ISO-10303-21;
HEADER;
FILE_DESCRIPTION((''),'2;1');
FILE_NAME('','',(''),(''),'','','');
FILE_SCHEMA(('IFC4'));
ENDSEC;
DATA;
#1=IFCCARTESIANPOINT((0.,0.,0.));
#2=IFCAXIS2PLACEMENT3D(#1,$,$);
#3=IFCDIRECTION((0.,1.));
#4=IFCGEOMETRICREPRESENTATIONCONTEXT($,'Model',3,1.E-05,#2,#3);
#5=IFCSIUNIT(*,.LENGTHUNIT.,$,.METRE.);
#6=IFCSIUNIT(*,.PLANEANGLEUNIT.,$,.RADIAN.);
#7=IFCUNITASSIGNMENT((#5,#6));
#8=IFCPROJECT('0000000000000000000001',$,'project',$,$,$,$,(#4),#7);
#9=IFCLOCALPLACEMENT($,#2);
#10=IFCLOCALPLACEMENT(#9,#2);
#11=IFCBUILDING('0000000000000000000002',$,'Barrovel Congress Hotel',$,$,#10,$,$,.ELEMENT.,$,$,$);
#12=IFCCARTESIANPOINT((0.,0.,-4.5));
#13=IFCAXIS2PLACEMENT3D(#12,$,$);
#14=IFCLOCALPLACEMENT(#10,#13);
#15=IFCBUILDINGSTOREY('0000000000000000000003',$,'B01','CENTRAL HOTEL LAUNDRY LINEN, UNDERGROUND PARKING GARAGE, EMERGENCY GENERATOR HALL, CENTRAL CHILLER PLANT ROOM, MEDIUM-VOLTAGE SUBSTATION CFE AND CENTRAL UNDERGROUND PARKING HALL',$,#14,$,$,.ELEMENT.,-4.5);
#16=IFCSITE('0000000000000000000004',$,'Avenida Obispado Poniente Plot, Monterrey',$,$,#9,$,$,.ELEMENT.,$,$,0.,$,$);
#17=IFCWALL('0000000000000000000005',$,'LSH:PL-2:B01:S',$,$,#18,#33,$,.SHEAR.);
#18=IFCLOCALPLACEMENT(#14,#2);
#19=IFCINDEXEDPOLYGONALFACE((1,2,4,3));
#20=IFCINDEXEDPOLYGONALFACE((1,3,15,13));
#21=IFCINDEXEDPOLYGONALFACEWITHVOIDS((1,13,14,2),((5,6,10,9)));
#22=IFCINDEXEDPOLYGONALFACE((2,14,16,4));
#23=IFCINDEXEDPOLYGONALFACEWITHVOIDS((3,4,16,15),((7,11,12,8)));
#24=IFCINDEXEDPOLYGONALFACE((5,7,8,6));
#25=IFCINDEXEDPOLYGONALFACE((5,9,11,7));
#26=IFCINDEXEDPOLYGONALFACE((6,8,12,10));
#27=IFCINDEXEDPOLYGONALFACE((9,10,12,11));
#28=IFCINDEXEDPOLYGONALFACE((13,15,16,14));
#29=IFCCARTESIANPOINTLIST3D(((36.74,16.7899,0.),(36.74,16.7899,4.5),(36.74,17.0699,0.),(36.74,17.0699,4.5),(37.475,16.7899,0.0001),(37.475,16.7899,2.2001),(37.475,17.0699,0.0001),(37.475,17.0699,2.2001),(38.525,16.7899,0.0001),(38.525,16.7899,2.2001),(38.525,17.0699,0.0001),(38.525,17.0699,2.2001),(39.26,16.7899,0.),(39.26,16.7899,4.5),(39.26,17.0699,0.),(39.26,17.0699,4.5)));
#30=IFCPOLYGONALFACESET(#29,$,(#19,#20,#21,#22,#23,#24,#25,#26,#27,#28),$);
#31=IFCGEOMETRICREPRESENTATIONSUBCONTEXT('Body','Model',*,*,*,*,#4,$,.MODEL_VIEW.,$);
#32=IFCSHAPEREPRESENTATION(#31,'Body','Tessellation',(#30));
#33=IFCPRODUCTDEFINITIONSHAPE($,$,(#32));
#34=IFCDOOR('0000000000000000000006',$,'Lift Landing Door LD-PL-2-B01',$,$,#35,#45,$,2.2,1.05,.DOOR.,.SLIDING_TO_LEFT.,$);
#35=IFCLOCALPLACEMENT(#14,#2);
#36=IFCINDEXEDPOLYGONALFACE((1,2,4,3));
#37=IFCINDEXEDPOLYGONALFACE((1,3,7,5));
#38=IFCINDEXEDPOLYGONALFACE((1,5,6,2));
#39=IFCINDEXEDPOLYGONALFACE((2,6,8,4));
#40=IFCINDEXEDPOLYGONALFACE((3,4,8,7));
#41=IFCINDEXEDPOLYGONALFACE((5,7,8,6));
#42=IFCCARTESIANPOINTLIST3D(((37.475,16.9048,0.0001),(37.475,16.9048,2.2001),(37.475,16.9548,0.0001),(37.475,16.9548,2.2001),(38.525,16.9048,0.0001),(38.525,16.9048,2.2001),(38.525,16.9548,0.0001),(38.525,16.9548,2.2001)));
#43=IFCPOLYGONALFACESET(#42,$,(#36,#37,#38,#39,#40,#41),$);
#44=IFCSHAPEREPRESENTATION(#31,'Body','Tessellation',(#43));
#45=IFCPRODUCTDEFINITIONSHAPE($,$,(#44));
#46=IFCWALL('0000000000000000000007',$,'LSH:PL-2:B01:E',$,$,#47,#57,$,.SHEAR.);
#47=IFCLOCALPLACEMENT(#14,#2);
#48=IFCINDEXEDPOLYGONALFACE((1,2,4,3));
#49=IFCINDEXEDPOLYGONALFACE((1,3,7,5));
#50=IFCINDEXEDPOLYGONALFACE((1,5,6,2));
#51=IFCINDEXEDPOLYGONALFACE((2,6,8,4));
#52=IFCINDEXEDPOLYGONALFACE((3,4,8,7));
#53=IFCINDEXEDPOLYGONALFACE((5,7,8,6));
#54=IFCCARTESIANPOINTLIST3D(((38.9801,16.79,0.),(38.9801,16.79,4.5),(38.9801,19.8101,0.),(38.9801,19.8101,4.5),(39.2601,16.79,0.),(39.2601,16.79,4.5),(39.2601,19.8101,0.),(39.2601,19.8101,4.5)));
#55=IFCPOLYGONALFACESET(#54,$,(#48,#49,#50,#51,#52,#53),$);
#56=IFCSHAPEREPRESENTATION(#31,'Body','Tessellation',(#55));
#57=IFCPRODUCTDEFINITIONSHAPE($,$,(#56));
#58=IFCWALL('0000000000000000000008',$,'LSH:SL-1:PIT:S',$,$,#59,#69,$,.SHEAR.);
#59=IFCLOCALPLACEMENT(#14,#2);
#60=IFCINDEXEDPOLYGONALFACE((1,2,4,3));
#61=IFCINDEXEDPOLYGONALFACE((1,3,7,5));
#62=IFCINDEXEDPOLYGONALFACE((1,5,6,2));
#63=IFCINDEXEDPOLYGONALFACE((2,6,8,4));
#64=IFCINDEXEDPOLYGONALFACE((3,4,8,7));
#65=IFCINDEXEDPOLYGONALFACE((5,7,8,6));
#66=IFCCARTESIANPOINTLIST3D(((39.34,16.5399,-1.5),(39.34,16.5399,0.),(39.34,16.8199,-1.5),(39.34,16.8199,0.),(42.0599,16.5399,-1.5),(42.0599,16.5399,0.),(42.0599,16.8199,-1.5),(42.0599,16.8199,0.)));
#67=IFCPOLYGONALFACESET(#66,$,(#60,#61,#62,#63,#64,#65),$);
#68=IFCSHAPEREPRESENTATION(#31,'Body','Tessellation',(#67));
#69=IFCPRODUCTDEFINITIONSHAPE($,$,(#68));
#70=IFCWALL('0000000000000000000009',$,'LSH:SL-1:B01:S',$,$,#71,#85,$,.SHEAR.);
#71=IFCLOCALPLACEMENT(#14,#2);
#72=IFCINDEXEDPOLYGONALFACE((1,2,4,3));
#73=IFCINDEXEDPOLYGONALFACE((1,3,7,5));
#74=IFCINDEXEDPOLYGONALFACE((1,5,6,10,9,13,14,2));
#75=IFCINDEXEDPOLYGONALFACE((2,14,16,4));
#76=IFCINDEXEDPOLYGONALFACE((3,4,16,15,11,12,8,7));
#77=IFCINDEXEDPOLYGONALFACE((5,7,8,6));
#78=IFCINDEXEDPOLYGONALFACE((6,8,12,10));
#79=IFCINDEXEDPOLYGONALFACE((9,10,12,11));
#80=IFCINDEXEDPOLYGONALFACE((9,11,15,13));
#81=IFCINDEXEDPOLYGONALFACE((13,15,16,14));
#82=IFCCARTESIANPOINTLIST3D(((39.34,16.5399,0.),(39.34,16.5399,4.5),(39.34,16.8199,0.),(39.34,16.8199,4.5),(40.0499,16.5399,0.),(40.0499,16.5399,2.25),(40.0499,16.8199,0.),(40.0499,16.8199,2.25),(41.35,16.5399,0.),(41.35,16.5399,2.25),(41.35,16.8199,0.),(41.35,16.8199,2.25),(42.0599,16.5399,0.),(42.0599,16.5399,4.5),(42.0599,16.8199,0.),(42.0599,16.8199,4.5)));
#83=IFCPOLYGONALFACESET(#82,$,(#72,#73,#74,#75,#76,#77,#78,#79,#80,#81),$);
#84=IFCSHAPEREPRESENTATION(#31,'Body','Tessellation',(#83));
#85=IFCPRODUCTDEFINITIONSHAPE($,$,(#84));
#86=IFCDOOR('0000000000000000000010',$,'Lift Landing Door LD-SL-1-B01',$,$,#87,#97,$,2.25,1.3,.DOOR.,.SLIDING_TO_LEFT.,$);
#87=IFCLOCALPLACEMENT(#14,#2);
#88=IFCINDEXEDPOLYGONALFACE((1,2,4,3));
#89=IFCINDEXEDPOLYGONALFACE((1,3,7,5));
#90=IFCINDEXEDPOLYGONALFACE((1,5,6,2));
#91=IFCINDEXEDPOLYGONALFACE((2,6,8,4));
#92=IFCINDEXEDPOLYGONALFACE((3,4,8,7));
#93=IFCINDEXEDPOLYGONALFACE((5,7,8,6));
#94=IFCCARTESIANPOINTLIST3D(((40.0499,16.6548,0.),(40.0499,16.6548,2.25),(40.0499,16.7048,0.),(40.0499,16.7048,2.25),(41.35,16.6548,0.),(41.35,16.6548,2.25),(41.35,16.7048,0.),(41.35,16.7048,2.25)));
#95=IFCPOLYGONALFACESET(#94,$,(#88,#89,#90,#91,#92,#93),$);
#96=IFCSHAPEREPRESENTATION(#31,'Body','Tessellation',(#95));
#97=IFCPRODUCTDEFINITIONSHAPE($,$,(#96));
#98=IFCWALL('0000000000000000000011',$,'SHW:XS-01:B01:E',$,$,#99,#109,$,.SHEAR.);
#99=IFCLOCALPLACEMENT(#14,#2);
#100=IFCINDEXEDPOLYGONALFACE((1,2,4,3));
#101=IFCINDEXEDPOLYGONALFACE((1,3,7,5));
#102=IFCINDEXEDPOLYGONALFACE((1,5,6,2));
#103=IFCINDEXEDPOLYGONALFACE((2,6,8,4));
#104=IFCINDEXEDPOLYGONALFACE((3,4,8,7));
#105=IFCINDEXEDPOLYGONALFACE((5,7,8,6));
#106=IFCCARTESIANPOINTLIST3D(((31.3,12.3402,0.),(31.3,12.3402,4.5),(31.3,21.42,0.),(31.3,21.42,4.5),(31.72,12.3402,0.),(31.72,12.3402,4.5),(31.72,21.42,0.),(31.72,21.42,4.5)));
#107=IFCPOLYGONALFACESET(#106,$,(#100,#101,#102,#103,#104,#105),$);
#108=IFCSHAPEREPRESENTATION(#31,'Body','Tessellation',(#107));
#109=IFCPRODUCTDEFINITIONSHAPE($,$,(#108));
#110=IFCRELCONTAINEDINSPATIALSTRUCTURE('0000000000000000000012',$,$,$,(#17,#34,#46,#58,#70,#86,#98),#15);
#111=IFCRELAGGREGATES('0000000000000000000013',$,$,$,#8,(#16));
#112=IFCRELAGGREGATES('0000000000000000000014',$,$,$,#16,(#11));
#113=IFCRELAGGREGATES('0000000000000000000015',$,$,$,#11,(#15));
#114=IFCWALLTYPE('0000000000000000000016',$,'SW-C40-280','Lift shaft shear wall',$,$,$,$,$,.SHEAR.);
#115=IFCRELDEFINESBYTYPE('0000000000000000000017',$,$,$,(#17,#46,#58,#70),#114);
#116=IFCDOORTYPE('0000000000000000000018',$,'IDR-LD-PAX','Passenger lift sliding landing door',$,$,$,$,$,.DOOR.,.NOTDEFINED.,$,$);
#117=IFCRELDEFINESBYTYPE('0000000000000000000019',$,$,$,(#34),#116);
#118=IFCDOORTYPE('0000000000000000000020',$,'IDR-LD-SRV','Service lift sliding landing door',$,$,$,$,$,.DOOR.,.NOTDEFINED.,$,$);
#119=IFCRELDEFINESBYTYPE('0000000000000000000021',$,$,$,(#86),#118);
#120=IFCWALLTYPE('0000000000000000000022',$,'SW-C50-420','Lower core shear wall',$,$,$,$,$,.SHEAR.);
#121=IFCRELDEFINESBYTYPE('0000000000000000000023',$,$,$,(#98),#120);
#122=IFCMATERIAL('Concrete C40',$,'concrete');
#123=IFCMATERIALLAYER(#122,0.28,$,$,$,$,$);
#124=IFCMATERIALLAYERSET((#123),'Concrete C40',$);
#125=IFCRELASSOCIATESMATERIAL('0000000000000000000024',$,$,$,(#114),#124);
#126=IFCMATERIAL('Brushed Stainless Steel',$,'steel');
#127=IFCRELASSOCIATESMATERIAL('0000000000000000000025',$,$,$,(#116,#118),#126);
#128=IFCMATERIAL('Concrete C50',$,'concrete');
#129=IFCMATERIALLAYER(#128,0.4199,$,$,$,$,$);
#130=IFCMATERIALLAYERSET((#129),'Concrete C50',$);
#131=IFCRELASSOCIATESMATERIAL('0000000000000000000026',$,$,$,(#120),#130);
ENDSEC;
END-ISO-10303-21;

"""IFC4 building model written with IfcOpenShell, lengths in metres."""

from ifc_helpers import new_model, si_unit, direction, frame, frame_2d, origin, place, context, subcontext, project, spatial, rectangle, extrude, material, layer, layer_set, type_object, element, fill, save


model = new_model("IFC4")

# Units and contexts
model_context = context("Model", 3, precision=1e-05, world=origin(), true_north=direction((0.0, 1.0)))
body_context = subcontext(model_context, "Body", "Model", "MODEL_VIEW")
ifc_project = project(units=[si_unit("LENGTHUNIT", "METRE"), si_unit("PLANEANGLEUNIT", "RADIAN")], contexts=[model_context])

# Site, building, storey
site_placement = place(None, origin())
site = spatial("IfcSite", under=ifc_project, at=site_placement, Name="Avenida Obispado Poniente Plot, Monterrey", CompositionType="ELEMENT", RefElevation=0.0)
building_placement = place(site_placement, origin())
building = spatial("IfcBuilding", under=site, at=building_placement, Name="Barrovel Congress Hotel", CompositionType="ELEMENT")
storey_placement = place(building_placement, frame((0.0, 0.0, -4.5)))
storey = spatial("IfcBuildingStorey", under=building, at=storey_placement, Name="B01", Description="CENTRAL HOTEL LAUNDRY LINEN, UNDERGROUND PARKING GARAGE, EMERGENCY GENERATOR HALL, CENTRAL CHILLER PLANT ROOM, MEDIUM-VOLTAGE SUBSTATION CFE AND CENTRAL UNDERGROUND PARKING HALL", CompositionType="ELEMENT", Elevation=-4.5)

# Shared definitions
ifc_material_1 = material(Name="Concrete C40", Category="concrete")

# Shared definitions
ifc_material_2 = material(Name="Concrete C50", Category="concrete")

# Shared definitions
ifc_layer_1 = layer(ifc_material_1, 0.28)
ifc_layer_set_1 = layer_set([ifc_layer_1], Name="Concrete C40")
wall_type_1 = type_object("IfcWallType", Name="SW-C40-280", Description="Lift shaft shear wall", PredefinedType="SHEAR", material=ifc_layer_set_1)

# Shared definitions
ifc_material_3 = material(Name="Brushed Stainless Steel", Category="steel")
door_type_1 = type_object("IfcDoorType", Name="IDR-LD-PAX", Description="Passenger lift sliding landing door", OperationType="NOTDEFINED", PredefinedType="DOOR", material=ifc_material_3)

# Wall, opening, door
wall_1_placement = place(storey_placement, frame((36.74, 16.9299, 0.0), z_axis=(0.0, 0.0, 1.0), x_axis=(1.0, 0.0, 0.0)))
wall_1 = element("IfcWall", 1, at=wall_1_placement, inside=storey, type_object=wall_type_1, Name="LSH:PL-2:B01:S", PredefinedType="SHEAR", context=body_context, shape_type="SweptSolid", body=[
    extrude(rectangle(XDim=2.52, YDim=0.28, at=frame_2d((1.26, 0.0))), origin(), (0.0, 0.0, 1.0), 4.5),
])
opening_1_placement = place(wall_1_placement, frame((0.7351, 0.0, 0.0)))
opening_1 = element("IfcOpeningElement", 2, at=opening_1_placement, cuts=wall_1, PredefinedType="OPENING", context=body_context, shape_type="SweptSolid", body=[
    extrude(rectangle(XDim=1.05, YDim=2.2, at=frame_2d((0.5249, 1.1001))), frame((0.0, 0.1499, 0.0), z_axis=(0.0, -1.0, 0.0), x_axis=(1.0, 0.0, 0.0)), (0.0, 0.0, 1.0), 0.3),
])
door_1_placement = place(opening_1_placement, origin())
door_1 = element("IfcDoor", 3, at=door_1_placement, inside=storey, type_object=door_type_1, Name="Lift Landing Door LD-PL-2-B01", OperationType="SLIDING_TO_LEFT", OverallHeight=2.2, OverallWidth=1.05, PredefinedType="DOOR", context=body_context, shape_type="SweptSolid", body=[
    extrude(rectangle(XDim=1.05, YDim=2.2, at=frame_2d((0.5249, 1.1001))), frame((0.0, 0.0249, 0.0), z_axis=(0.0, -1.0, 0.0), x_axis=(1.0, 0.0, 0.0)), (0.0, 0.0, 1.0), 0.05),
])
fill(opening_1, door_1)

# Walls
wall_2_placement = place(storey_placement, frame((39.1201, 16.79, 0.0), z_axis=(0.0, 0.0, 1.0), x_axis=(0.0, 1.0, 0.0)))
element("IfcWall", 4, at=wall_2_placement, inside=storey, type_object=wall_type_1, Name="LSH:PL-2:B01:E", PredefinedType="SHEAR", context=body_context, shape_type="SweptSolid", body=[
    extrude(rectangle(XDim=3.02, YDim=0.28, at=frame_2d((1.51, 0.0))), origin(), (0.0, 0.0, 1.0), 4.5),
])
wall_3_placement = place(storey_placement, frame((39.3401, 16.6799, -1.5), z_axis=(0.0, 0.0, 1.0), x_axis=(1.0, 0.0, 0.0)))
element("IfcWall", 5, at=wall_3_placement, inside=storey, type_object=wall_type_1, Name="LSH:SL-1:PIT:S", PredefinedType="SHEAR", context=body_context, shape_type="SweptSolid", body=[
    extrude(rectangle(XDim=2.72, YDim=0.28, at=frame_2d((1.3599, 0.0))), origin(), (0.0, 0.0, 1.0), 1.5),
])

# Wall, opening, door
wall_4_placement = place(storey_placement, frame((39.3401, 16.6799, 0.0), z_axis=(0.0, 0.0, 1.0), x_axis=(1.0, 0.0, 0.0)))
wall_4 = element("IfcWall", 6, at=wall_4_placement, inside=storey, type_object=wall_type_1, Name="LSH:SL-1:B01:S", PredefinedType="SHEAR", context=body_context, shape_type="SweptSolid", body=[
    extrude(rectangle(XDim=2.72, YDim=0.28, at=frame_2d((1.3599, 0.0))), origin(), (0.0, 0.0, 1.0), 4.5),
])
opening_2_placement = place(wall_4_placement, frame((0.71, 0.0, 0.0)))
opening_2 = element("IfcOpeningElement", 7, at=opening_2_placement, cuts=wall_4, PredefinedType="OPENING", context=body_context, shape_type="SweptSolid", body=[
    extrude(rectangle(XDim=1.3, YDim=2.25, at=frame_2d((0.6499, 1.125))), frame((0.0, 0.1499, 0.0), z_axis=(0.0, -1.0, 0.0), x_axis=(1.0, 0.0, 0.0)), (0.0, 0.0, 1.0), 0.3),
])
door_type_2 = type_object("IfcDoorType", Name="IDR-LD-SRV", Description="Service lift sliding landing door", OperationType="NOTDEFINED", PredefinedType="DOOR", material=ifc_material_3)
door_2_placement = place(opening_2_placement, origin())
door_2 = element("IfcDoor", 8, at=door_2_placement, inside=storey, type_object=door_type_2, Name="Lift Landing Door LD-SL-1-B01", OperationType="SLIDING_TO_LEFT", OverallHeight=2.25, OverallWidth=1.3, PredefinedType="DOOR", context=body_context, shape_type="SweptSolid", body=[
    extrude(rectangle(XDim=1.3, YDim=2.25, at=frame_2d((0.6499, 1.125))), frame((0.0, 0.0249, 0.0), z_axis=(0.0, -1.0, 0.0), x_axis=(1.0, 0.0, 0.0)), (0.0, 0.0, 1.0), 0.05),
])
fill(opening_2, door_2)

# Wall
ifc_layer_2 = layer(ifc_material_2, 0.4199)
ifc_layer_set_2 = layer_set([ifc_layer_2], Name="Concrete C50")
wall_type_2 = type_object("IfcWallType", Name="SW-C50-420", Description="Lower core shear wall", PredefinedType="SHEAR", material=ifc_layer_set_2)
wall_5_placement = place(storey_placement, frame((31.51, 12.3401, 0.0), z_axis=(0.0, 0.0, 1.0), x_axis=(0.0, 1.0, 0.0)))
element("IfcWall", 9, at=wall_5_placement, inside=storey, type_object=wall_type_2, Name="SHW:XS-01:B01:E", PredefinedType="SHEAR", context=body_context, shape_type="SweptSolid", body=[
    extrude(rectangle(XDim=9.0798, YDim=0.4199, at=frame_2d((4.54, 0.0))), origin(), (0.0, 0.0, 1.0), 4.5),
])

save(model, "model.ifc")
